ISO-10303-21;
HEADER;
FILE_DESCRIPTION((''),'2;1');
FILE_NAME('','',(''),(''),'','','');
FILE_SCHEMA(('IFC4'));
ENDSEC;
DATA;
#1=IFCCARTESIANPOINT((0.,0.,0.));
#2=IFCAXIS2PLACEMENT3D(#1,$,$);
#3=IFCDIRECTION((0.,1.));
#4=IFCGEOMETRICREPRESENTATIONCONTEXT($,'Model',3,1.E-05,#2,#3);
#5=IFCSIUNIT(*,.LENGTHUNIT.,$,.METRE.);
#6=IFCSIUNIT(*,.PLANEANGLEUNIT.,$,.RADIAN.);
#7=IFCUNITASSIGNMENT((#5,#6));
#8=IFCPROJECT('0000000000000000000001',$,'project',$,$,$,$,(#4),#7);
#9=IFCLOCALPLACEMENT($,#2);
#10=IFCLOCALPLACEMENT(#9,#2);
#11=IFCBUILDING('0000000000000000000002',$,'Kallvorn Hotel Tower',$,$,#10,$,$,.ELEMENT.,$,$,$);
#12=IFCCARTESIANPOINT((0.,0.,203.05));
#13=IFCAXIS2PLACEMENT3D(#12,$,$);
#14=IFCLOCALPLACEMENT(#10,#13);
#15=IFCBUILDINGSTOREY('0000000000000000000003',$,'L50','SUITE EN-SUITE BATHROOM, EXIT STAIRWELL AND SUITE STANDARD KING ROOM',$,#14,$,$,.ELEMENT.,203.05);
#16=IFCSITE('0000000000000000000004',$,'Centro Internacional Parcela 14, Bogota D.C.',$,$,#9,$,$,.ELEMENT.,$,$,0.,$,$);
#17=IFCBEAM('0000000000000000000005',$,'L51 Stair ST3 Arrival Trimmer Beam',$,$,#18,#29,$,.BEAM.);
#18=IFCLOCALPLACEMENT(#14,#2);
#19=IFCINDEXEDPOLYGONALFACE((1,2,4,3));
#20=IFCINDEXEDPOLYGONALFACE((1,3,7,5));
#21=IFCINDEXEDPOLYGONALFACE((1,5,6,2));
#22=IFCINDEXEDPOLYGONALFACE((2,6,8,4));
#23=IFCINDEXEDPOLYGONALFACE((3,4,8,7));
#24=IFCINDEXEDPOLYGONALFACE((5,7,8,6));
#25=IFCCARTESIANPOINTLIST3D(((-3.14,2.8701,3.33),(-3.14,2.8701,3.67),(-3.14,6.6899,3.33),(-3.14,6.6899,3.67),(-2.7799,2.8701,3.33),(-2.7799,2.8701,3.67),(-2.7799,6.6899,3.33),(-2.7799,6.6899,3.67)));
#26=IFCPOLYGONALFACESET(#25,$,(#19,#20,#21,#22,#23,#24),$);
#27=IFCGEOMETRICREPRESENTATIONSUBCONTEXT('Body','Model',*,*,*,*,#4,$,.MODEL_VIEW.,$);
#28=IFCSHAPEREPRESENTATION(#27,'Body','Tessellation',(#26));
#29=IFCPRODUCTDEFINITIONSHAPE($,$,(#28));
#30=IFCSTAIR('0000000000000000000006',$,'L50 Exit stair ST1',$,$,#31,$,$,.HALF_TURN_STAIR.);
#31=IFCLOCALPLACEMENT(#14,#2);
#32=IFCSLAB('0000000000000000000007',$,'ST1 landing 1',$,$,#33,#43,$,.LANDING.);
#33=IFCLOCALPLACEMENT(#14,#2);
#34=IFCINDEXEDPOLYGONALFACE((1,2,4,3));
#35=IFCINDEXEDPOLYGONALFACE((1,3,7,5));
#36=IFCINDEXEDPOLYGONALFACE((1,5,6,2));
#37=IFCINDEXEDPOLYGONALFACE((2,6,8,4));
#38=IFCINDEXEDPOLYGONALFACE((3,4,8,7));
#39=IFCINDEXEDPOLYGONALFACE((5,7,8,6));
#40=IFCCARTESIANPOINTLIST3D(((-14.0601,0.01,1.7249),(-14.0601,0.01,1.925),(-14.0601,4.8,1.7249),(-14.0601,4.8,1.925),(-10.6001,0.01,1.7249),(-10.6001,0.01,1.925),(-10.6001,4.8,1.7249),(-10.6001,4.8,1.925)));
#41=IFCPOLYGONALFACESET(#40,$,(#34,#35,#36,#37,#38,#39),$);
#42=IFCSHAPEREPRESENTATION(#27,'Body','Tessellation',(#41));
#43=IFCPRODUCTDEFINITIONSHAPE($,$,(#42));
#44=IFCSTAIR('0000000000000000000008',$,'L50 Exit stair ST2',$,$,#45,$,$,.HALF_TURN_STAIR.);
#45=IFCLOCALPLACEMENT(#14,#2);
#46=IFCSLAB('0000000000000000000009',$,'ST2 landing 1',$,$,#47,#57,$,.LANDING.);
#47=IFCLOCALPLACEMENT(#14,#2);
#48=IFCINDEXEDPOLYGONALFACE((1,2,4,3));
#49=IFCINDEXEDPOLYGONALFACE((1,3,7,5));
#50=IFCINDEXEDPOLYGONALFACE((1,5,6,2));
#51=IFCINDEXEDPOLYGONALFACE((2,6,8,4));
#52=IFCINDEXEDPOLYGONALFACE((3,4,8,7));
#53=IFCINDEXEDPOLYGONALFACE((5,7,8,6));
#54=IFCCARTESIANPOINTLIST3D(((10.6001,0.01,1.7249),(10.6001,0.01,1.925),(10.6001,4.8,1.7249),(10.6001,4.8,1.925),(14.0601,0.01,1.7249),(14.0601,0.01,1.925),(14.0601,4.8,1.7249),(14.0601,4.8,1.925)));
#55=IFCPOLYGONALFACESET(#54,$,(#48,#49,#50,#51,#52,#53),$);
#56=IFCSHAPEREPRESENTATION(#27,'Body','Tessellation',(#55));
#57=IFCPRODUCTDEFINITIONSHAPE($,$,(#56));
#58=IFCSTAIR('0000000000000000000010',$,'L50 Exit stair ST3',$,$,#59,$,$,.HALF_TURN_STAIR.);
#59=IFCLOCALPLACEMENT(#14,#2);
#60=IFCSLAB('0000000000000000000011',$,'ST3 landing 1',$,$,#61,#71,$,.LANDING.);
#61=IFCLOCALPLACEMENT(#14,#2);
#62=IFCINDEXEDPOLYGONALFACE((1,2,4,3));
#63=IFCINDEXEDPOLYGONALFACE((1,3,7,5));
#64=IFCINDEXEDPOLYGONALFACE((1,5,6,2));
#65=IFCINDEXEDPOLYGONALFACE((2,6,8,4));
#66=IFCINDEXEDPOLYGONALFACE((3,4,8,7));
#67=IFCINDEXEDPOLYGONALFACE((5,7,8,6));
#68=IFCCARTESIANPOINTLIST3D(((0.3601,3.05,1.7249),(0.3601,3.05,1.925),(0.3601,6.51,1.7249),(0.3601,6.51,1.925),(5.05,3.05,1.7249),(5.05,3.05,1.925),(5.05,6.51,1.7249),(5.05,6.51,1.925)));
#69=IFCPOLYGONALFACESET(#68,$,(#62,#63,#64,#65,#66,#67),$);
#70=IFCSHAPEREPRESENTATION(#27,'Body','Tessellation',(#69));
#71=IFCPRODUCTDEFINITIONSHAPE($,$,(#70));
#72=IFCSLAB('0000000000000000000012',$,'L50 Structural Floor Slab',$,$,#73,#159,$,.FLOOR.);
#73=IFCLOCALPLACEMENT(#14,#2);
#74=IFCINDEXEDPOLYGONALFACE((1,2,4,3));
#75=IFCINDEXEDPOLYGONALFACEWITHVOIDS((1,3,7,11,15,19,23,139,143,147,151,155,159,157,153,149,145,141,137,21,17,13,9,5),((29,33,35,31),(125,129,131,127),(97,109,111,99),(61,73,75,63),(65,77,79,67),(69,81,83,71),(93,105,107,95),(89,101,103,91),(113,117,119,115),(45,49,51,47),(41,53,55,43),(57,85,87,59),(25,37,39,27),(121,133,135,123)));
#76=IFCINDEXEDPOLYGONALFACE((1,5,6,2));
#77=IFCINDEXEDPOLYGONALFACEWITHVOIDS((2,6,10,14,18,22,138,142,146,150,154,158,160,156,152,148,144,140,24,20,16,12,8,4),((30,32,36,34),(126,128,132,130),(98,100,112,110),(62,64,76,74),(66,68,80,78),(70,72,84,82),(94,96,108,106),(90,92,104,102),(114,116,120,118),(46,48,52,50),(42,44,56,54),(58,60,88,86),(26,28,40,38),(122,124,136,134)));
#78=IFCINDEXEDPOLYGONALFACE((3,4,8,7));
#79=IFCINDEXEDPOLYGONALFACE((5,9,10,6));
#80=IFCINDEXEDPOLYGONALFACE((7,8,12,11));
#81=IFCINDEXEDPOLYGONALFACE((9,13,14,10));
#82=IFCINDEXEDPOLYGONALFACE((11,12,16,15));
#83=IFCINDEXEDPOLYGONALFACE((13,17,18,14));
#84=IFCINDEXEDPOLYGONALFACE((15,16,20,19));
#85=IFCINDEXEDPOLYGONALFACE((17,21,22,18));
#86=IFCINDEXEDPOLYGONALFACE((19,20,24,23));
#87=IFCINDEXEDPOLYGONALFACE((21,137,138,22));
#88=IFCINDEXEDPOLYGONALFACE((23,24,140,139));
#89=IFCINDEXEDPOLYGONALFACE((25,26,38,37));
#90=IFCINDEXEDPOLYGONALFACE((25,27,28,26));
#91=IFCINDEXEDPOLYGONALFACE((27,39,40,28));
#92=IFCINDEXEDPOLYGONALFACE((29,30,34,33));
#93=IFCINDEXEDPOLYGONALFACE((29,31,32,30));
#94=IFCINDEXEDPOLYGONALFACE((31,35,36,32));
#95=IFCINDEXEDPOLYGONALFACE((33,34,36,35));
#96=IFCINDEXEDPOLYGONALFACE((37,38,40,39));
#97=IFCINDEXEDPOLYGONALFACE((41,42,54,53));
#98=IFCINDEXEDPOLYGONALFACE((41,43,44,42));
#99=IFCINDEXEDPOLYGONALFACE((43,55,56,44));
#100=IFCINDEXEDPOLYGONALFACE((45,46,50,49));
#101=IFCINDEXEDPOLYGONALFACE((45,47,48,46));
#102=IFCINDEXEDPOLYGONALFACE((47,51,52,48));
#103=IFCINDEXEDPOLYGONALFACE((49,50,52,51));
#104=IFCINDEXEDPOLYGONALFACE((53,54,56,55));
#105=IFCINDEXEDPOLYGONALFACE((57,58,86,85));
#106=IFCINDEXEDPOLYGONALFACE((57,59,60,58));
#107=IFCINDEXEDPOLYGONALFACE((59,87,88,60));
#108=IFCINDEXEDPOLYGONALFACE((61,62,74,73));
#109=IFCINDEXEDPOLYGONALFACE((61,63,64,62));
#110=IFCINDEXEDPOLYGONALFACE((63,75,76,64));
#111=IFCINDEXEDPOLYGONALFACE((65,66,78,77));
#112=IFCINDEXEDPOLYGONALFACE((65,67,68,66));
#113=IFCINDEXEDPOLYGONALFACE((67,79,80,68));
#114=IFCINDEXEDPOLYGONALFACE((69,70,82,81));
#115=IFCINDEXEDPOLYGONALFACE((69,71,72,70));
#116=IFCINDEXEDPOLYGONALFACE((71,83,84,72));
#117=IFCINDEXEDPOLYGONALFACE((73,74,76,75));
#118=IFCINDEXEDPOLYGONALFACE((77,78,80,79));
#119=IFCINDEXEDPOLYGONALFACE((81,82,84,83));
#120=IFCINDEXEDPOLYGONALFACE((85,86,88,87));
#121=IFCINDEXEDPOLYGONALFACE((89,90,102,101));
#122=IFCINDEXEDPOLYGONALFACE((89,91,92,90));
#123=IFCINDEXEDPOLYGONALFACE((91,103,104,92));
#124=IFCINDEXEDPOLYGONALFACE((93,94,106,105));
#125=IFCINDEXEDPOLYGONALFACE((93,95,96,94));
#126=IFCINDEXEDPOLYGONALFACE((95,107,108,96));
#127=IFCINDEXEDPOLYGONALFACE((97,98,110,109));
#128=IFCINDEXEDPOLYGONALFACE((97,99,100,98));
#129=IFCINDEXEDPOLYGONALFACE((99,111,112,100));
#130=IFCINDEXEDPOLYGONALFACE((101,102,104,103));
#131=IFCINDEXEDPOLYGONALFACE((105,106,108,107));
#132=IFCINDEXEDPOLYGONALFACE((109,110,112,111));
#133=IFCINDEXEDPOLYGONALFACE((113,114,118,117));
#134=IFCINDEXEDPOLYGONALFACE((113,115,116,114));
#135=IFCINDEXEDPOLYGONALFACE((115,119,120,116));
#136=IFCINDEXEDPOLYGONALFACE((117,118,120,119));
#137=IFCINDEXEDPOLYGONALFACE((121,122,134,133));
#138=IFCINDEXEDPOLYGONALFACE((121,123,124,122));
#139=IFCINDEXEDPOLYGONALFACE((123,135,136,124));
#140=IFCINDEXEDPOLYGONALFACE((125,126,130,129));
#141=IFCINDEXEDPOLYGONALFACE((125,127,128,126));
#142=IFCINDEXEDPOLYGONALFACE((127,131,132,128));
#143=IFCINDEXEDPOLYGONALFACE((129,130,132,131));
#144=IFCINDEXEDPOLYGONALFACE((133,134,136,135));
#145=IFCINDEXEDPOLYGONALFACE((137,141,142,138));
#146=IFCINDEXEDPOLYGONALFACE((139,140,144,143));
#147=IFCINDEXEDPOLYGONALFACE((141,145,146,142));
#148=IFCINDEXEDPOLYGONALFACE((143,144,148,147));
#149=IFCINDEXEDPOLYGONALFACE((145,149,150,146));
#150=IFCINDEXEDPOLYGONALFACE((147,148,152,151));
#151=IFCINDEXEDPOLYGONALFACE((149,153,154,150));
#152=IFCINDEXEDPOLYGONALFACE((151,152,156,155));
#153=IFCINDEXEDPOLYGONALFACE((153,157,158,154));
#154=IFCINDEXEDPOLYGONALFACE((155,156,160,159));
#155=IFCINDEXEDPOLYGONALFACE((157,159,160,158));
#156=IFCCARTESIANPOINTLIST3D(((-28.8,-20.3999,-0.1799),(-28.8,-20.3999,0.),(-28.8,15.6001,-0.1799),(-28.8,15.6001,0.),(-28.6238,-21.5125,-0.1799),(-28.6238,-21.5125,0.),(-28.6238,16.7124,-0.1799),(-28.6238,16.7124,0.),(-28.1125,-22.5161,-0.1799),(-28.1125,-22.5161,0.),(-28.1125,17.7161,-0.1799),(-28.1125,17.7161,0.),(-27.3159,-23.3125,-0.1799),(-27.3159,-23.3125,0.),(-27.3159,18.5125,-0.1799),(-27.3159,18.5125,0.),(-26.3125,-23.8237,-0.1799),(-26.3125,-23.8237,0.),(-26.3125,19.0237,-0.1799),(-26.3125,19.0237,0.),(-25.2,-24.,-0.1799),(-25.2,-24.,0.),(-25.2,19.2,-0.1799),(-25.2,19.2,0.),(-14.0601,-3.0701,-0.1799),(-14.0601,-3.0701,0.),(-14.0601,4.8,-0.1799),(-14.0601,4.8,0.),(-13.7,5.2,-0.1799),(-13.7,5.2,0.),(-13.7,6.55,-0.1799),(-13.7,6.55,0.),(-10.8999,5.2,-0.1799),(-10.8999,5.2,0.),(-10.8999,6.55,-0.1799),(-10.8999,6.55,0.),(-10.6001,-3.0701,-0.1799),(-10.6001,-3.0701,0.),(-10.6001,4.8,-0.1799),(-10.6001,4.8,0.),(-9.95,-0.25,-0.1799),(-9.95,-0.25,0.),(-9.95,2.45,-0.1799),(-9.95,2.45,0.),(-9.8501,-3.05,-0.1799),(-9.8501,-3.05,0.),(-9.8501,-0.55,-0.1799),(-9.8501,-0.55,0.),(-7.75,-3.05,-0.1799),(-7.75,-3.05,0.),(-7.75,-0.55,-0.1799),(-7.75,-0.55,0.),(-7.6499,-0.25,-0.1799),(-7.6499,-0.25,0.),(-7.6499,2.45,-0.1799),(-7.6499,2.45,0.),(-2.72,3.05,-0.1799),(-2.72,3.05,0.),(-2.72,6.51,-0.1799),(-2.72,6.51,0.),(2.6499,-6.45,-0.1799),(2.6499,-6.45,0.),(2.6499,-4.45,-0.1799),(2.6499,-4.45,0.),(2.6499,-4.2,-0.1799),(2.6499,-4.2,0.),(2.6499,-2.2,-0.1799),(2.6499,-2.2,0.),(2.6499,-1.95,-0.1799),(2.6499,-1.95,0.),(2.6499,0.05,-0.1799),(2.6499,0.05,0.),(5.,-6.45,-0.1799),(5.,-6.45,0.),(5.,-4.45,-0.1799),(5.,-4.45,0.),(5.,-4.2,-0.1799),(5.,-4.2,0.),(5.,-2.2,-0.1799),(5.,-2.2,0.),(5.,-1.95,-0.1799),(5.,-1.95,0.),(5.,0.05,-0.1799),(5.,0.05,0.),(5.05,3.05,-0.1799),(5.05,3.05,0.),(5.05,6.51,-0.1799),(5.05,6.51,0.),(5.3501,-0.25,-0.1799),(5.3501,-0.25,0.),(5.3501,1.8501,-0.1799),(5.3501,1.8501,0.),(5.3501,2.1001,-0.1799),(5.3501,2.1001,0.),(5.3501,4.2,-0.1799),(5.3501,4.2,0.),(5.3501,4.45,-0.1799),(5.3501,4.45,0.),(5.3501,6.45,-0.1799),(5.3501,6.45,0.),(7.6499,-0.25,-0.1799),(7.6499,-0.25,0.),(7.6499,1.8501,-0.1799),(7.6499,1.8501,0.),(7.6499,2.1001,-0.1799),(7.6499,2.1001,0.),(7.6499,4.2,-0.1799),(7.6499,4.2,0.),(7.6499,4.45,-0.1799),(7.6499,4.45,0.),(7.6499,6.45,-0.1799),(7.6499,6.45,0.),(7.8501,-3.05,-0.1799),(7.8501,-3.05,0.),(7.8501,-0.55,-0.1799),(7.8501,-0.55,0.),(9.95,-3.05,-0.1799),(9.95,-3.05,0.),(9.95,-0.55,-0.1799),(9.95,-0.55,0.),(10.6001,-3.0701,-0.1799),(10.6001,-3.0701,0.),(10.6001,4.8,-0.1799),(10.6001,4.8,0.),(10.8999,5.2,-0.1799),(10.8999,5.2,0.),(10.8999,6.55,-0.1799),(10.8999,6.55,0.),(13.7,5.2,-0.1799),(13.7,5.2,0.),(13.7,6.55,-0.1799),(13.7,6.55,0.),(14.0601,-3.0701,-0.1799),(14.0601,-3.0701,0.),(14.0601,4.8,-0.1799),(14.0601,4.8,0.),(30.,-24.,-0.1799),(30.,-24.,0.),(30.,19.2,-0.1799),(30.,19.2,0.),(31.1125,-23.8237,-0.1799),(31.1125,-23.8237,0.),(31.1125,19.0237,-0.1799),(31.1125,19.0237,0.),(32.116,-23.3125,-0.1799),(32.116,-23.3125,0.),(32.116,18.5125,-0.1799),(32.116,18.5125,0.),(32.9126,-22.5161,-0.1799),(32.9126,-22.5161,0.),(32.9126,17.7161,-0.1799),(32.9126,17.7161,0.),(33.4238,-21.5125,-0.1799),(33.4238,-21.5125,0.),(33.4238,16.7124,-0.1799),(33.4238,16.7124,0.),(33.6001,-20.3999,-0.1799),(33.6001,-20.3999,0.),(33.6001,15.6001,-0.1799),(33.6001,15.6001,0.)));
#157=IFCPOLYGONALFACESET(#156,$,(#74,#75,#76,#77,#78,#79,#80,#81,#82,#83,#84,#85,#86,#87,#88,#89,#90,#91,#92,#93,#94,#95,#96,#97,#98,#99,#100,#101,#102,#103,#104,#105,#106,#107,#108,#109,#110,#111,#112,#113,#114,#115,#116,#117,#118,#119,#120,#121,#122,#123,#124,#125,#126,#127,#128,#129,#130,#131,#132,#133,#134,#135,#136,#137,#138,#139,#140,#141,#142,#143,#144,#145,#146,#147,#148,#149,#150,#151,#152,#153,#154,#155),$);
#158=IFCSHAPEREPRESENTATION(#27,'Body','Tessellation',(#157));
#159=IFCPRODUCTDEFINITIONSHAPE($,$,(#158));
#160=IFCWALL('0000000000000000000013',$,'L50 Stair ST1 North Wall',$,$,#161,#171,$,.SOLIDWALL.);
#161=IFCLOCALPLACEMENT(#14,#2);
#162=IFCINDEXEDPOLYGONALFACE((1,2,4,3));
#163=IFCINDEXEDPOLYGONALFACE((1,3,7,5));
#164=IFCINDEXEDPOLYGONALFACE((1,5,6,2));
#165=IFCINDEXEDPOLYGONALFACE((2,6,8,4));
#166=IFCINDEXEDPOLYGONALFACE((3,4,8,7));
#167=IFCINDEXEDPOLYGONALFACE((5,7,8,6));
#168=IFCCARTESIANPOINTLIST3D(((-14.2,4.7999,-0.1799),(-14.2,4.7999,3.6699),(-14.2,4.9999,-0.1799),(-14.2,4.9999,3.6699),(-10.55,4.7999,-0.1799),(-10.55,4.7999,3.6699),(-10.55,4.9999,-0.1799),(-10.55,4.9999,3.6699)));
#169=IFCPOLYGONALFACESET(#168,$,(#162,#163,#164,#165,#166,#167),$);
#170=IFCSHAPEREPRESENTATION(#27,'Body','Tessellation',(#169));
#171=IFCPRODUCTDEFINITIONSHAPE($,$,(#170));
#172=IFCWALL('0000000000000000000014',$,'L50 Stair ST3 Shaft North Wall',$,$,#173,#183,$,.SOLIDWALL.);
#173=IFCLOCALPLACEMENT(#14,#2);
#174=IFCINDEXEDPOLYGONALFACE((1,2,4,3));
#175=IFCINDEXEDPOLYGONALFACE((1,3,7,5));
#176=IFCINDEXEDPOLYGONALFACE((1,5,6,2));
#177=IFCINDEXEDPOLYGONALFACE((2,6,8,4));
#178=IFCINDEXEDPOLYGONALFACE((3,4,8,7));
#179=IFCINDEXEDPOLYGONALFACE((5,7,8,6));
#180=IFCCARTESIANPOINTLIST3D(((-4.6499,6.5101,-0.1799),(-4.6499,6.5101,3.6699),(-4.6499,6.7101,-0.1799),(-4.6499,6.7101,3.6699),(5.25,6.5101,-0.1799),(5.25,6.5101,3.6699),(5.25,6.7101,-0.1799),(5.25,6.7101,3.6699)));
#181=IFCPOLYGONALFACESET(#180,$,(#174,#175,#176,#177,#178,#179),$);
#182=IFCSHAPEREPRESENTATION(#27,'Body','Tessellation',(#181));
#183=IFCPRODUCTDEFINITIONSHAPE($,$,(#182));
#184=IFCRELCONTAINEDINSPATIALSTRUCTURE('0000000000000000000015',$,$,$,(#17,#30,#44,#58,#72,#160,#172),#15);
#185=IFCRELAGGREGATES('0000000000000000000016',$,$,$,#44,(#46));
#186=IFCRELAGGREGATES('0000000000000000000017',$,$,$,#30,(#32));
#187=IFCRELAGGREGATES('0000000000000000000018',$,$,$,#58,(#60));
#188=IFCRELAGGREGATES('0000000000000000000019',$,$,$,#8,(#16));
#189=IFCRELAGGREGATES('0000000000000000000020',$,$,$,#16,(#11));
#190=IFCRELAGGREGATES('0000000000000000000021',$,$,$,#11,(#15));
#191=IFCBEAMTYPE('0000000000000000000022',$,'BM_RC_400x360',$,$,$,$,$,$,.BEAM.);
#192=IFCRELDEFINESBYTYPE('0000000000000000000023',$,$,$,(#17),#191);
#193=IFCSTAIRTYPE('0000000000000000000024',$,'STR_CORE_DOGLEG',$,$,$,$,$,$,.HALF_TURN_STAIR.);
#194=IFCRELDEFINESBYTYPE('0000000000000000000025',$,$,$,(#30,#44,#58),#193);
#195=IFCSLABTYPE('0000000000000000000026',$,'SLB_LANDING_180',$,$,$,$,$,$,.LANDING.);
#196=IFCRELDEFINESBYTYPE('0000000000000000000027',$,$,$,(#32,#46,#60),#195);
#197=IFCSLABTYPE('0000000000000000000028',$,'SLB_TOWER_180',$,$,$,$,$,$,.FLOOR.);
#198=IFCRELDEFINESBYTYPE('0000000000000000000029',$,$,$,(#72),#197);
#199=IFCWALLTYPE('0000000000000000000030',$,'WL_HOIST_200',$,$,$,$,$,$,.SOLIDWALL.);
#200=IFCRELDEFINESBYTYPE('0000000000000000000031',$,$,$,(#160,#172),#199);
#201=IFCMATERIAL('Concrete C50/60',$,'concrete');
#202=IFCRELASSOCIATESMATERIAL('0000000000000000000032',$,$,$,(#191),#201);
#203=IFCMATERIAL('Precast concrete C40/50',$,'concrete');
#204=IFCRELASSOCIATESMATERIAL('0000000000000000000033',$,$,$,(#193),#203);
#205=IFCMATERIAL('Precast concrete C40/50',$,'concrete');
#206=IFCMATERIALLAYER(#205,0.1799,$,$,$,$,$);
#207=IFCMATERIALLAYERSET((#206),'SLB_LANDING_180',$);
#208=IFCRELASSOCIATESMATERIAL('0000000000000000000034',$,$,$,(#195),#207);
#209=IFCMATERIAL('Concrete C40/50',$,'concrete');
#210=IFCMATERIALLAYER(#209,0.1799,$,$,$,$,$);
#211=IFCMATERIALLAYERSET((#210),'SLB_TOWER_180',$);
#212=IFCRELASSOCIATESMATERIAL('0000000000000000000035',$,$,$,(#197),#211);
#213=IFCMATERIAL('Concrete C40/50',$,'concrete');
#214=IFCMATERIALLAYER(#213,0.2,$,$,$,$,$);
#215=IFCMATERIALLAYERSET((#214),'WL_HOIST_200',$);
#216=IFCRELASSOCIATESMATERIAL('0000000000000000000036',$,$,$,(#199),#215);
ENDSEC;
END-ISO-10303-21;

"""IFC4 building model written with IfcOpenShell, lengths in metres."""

from ifc_helpers import new_model, si_unit, direction, frame, frame_2d, origin, origin_2d, place, context, subcontext, project, spatial, polyline, rectangle, outline, extrude, material, layer, layer_set, material_profile, profile_set, type_object, element, aggregate, save


model = new_model("IFC4")

# Units and contexts
model_context = context("Model", 3, precision=1e-05, world=origin(), true_north=direction((0.0, 1.0)))
body_context = subcontext(model_context, "Body", "Model", "MODEL_VIEW")
ifc_project = project(units=[si_unit("LENGTHUNIT", "METRE"), si_unit("PLANEANGLEUNIT", "RADIAN")], contexts=[model_context])

# Site, building, storey
site_placement = place(None, origin())
site = spatial("IfcSite", under=ifc_project, at=site_placement, Name="Centro Internacional Parcela 14, Bogota D.C.", CompositionType="ELEMENT", RefElevation=0.0)
building_placement = place(site_placement, origin())
building = spatial("IfcBuilding", under=site, at=building_placement, Name="Kallvorn Hotel Tower", CompositionType="ELEMENT")
storey_placement = place(building_placement, frame((0.0, 0.0, 203.05)))
storey = spatial("IfcBuildingStorey", under=building, at=storey_placement, Name="L50", Description="SUITE EN-SUITE BATHROOM, EXIT STAIRWELL AND SUITE STANDARD KING ROOM", CompositionType="ELEMENT", Elevation=203.05)

# Beam
ifc_material_1 = material(Name="Concrete C50/60", Category="concrete")
ifc_material_profile = material_profile(ifc_material_1, rectangle(XDim=0.3601, YDim=0.3401, at=origin_2d()), Name="RC 360x340")
ifc_profile_set = profile_set([ifc_material_profile], Name="Concrete C50/60")
beam_type = type_object("IfcBeamType", Name="BM_RC_400x360", PredefinedType="BEAM", material=ifc_profile_set)
beam_placement = place(storey_placement, frame((-2.96, 2.8701, 3.5), z_axis=(0.0, 1.0, 0.0), x_axis=(-1.0, 0.0, 0.0)))
element("IfcBeam", 1, at=beam_placement, inside=storey, type_object=beam_type, Name="L51 Stair ST3 Arrival Trimmer Beam", PredefinedType="BEAM", context=body_context, shape_type="SweptSolid", body=[
    extrude(rectangle(XDim=0.3601, YDim=0.3401, at=origin_2d()), origin(), (0.0, 0.0, 1.0), 3.8198),
])

# Stairs, slabs
ifc_material_2 = material(Name="Precast concrete C40/50", Category="concrete")
stair_type = type_object("IfcStairType", Name="STR_CORE_DOGLEG", PredefinedType="HALF_TURN_STAIR", material=ifc_material_2)
stair_1_placement = place(storey_placement, origin())
stair_1 = element("IfcStair", 2, at=stair_1_placement, inside=storey, type_object=stair_type, Name="L50 Exit stair ST1", PredefinedType="HALF_TURN_STAIR")
ifc_material_3 = material(Name="Precast concrete C40/50", Category="concrete")
ifc_layer_1 = layer(ifc_material_3, 0.1799)
ifc_layer_set_1 = layer_set([ifc_layer_1], Name="SLB_LANDING_180")
slab_type_1 = type_object("IfcSlabType", Name="SLB_LANDING_180", PredefinedType="LANDING", material=ifc_layer_set_1)
slab_1_placement = place(storey_placement, frame((0.0, 0.0, 1.7249)))
slab_1 = element("IfcSlab", 3, at=slab_1_placement, type_object=slab_type_1, Name="ST1 landing 1", PredefinedType="LANDING", context=body_context, shape_type="SweptSolid", body=[
    extrude(outline(polyline([(-10.6001, 0.01), (-10.6001, 4.8), (-14.0601, 4.8), (-14.0601, 0.01), (-10.6001, 0.01)])), origin(), (0.0, 0.0, 1.0), 0.2002),
])
stair_2_placement = place(storey_placement, origin())
stair_2 = element("IfcStair", 4, at=stair_2_placement, inside=storey, type_object=stair_type, Name="L50 Exit stair ST2", PredefinedType="HALF_TURN_STAIR")
slab_2_placement = place(storey_placement, frame((0.0, 0.0, 1.7249)))
slab_2 = element("IfcSlab", 5, at=slab_2_placement, type_object=slab_type_1, Name="ST2 landing 1", PredefinedType="LANDING", context=body_context, shape_type="SweptSolid", body=[
    extrude(outline(polyline([(14.0601, 0.01), (14.0601, 4.8), (10.6001, 4.8), (10.6001, 0.01), (14.0601, 0.01)])), origin(), (0.0, 0.0, 1.0), 0.2002),
])
aggregate(stair_2, [slab_2])
stair_3_placement = place(storey_placement, origin())
stair_3 = element("IfcStair", 6, at=stair_3_placement, inside=storey, type_object=stair_type, Name="L50 Exit stair ST3", PredefinedType="HALF_TURN_STAIR")
slab_3_placement = place(storey_placement, frame((0.0, 0.0, 1.7249)))
slab_3 = element("IfcSlab", 7, at=slab_3_placement, type_object=slab_type_1, Name="ST3 landing 1", PredefinedType="LANDING", context=body_context, shape_type="SweptSolid", body=[
    extrude(outline(polyline([(0.3601, 3.05), (5.05, 3.05), (5.05, 6.51), (0.3601, 6.51), (0.3601, 3.05)])), origin(), (0.0, 0.0, 1.0), 0.2002),
])

# Slab
ifc_material_4 = material(Name="Concrete C40/50", Category="concrete")
ifc_layer_2 = layer(ifc_material_4, 0.1799)
ifc_layer_set_2 = layer_set([ifc_layer_2], Name="SLB_TOWER_180")
slab_type_2 = type_object("IfcSlabType", Name="SLB_TOWER_180", PredefinedType="FLOOR", material=ifc_layer_set_2)
slab_4_placement = place(storey_placement, frame((0.0, 0.0, -0.1799)))
element("IfcSlab", 8, at=slab_4_placement, inside=storey, type_object=slab_type_2, Name="L50 Structural Floor Slab", PredefinedType="FLOOR", context=body_context, shape_type="SweptSolid", body=[
    extrude(outline(polyline([(30.0, -24.0), (31.1125, -23.8237), (32.116, -23.3125), (32.9126, -22.5161), (33.4238, -21.5125), (33.6001, -20.3999), (33.6001, 15.6001), (33.4238, 16.7124), (32.9126, 17.7161), (32.116, 18.5125), (31.1125, 19.0237), (30.0, 19.2), (-25.2, 19.2), (-26.3125, 19.0237), (-27.3159, 18.5125), (-28.1125, 17.7161), (-28.6238, 16.7124), (-28.8, 15.6001), (-28.8, -20.3999), (-28.6238, -21.5125), (-28.1125, -22.5161), (-27.3159, -23.3125), (-26.3125, -23.8237), (-25.2, -24.0), (30.0, -24.0)]), holes=[polyline([(-10.6001, -3.0701), (-10.6001, 4.8), (-14.0601, 4.8), (-14.0601, -3.0701), (-10.6001, -3.0701)]), polyline([(14.0601, -3.0701), (14.0601, 4.8), (10.6001, 4.8), (10.6001, -3.0701), (14.0601, -3.0701)]), polyline([(-2.72, 3.05), (5.05, 3.05), (5.05, 6.51), (-2.72, 6.51), (-2.72, 3.05)]), polyline([(2.6499, -6.45), (5.0, -6.45), (5.0, -4.45), (2.6499, -4.45), (2.6499, -6.45)]), polyline([(2.6499, -4.2), (5.0, -4.2), (5.0, -2.2), (2.6499, -2.2), (2.6499, -4.2)]), polyline([(2.6499, -1.95), (5.0, -1.95), (5.0, 0.05), (2.6499, 0.05), (2.6499, -1.95)]), polyline([(5.3501, -0.25), (7.6499, -0.25), (7.6499, 1.8501), (5.3501, 1.8501), (5.3501, -0.25)]), polyline([(5.3501, 2.1001), (7.6499, 2.1001), (7.6499, 4.2), (5.3501, 4.2), (5.3501, 2.1001)]), polyline([(5.3501, 4.45), (7.6499, 4.45), (7.6499, 6.45), (5.3501, 6.45), (5.3501, 4.45)]), polyline([(-9.8501, -3.05), (-7.75, -3.05), (-7.75, -0.55), (-9.8501, -0.55), (-9.8501, -3.05)]), polyline([(7.8501, -3.05), (9.95, -3.05), (9.95, -0.55), (7.8501, -0.55), (7.8501, -3.05)]), polyline([(-9.95, -0.25), (-7.6499, -0.25), (-7.6499, 2.45), (-9.95, 2.45), (-9.95, -0.25)]), polyline([(-13.7, 5.2), (-10.8999, 5.2), (-10.8999, 6.55), (-13.7, 6.55), (-13.7, 5.2)]), polyline([(10.8999, 5.2), (13.7, 5.2), (13.7, 6.55), (10.8999, 6.55), (10.8999, 5.2)])]), origin(), (0.0, 0.0, 1.0), 0.1799),
])

# Walls
ifc_material_5 = material(Name="Concrete C40/50", Category="concrete")
ifc_layer_3 = layer(ifc_material_5, 0.2)
ifc_layer_set_3 = layer_set([ifc_layer_3], Name="WL_HOIST_200")
wall_type_1 = type_object("IfcWallType", Name="WL_HOIST_200", PredefinedType="SOLIDWALL", material=ifc_layer_set_3)
wall_1_placement = place(storey_placement, frame((-14.2, 4.8999, -0.1799), z_axis=(0.0, 0.0, 1.0), x_axis=(1.0, 0.0, 0.0)))
element("IfcWall", 9, at=wall_1_placement, inside=storey, type_object=wall_type_1, Name="L50 Stair ST1 North Wall", PredefinedType="SOLIDWALL", context=body_context, shape_type="SweptSolid", body=[
    extrude(rectangle(XDim=3.6499, YDim=0.2, at=frame_2d((1.825, 0.0))), origin(), (0.0, 0.0, 1.0), 3.8499),
])
wall_2_placement = place(storey_placement, frame((-4.6499, 6.6101, -0.1799), z_axis=(0.0, 0.0, 1.0), x_axis=(1.0, 0.0, 0.0)))
element("IfcWall", 10, at=wall_2_placement, inside=storey, type_object=wall_type_1, Name="L50 Stair ST3 Shaft North Wall", PredefinedType="SOLIDWALL", context=body_context, shape_type="SweptSolid", body=[
    extrude(rectangle(XDim=9.8999, YDim=0.2, at=frame_2d((4.95, 0.0))), origin(), (0.0, 0.0, 1.0), 3.8499),
])

aggregate(stair_1, [slab_1])
aggregate(stair_3, [slab_3])

save(model, "model.ifc")
